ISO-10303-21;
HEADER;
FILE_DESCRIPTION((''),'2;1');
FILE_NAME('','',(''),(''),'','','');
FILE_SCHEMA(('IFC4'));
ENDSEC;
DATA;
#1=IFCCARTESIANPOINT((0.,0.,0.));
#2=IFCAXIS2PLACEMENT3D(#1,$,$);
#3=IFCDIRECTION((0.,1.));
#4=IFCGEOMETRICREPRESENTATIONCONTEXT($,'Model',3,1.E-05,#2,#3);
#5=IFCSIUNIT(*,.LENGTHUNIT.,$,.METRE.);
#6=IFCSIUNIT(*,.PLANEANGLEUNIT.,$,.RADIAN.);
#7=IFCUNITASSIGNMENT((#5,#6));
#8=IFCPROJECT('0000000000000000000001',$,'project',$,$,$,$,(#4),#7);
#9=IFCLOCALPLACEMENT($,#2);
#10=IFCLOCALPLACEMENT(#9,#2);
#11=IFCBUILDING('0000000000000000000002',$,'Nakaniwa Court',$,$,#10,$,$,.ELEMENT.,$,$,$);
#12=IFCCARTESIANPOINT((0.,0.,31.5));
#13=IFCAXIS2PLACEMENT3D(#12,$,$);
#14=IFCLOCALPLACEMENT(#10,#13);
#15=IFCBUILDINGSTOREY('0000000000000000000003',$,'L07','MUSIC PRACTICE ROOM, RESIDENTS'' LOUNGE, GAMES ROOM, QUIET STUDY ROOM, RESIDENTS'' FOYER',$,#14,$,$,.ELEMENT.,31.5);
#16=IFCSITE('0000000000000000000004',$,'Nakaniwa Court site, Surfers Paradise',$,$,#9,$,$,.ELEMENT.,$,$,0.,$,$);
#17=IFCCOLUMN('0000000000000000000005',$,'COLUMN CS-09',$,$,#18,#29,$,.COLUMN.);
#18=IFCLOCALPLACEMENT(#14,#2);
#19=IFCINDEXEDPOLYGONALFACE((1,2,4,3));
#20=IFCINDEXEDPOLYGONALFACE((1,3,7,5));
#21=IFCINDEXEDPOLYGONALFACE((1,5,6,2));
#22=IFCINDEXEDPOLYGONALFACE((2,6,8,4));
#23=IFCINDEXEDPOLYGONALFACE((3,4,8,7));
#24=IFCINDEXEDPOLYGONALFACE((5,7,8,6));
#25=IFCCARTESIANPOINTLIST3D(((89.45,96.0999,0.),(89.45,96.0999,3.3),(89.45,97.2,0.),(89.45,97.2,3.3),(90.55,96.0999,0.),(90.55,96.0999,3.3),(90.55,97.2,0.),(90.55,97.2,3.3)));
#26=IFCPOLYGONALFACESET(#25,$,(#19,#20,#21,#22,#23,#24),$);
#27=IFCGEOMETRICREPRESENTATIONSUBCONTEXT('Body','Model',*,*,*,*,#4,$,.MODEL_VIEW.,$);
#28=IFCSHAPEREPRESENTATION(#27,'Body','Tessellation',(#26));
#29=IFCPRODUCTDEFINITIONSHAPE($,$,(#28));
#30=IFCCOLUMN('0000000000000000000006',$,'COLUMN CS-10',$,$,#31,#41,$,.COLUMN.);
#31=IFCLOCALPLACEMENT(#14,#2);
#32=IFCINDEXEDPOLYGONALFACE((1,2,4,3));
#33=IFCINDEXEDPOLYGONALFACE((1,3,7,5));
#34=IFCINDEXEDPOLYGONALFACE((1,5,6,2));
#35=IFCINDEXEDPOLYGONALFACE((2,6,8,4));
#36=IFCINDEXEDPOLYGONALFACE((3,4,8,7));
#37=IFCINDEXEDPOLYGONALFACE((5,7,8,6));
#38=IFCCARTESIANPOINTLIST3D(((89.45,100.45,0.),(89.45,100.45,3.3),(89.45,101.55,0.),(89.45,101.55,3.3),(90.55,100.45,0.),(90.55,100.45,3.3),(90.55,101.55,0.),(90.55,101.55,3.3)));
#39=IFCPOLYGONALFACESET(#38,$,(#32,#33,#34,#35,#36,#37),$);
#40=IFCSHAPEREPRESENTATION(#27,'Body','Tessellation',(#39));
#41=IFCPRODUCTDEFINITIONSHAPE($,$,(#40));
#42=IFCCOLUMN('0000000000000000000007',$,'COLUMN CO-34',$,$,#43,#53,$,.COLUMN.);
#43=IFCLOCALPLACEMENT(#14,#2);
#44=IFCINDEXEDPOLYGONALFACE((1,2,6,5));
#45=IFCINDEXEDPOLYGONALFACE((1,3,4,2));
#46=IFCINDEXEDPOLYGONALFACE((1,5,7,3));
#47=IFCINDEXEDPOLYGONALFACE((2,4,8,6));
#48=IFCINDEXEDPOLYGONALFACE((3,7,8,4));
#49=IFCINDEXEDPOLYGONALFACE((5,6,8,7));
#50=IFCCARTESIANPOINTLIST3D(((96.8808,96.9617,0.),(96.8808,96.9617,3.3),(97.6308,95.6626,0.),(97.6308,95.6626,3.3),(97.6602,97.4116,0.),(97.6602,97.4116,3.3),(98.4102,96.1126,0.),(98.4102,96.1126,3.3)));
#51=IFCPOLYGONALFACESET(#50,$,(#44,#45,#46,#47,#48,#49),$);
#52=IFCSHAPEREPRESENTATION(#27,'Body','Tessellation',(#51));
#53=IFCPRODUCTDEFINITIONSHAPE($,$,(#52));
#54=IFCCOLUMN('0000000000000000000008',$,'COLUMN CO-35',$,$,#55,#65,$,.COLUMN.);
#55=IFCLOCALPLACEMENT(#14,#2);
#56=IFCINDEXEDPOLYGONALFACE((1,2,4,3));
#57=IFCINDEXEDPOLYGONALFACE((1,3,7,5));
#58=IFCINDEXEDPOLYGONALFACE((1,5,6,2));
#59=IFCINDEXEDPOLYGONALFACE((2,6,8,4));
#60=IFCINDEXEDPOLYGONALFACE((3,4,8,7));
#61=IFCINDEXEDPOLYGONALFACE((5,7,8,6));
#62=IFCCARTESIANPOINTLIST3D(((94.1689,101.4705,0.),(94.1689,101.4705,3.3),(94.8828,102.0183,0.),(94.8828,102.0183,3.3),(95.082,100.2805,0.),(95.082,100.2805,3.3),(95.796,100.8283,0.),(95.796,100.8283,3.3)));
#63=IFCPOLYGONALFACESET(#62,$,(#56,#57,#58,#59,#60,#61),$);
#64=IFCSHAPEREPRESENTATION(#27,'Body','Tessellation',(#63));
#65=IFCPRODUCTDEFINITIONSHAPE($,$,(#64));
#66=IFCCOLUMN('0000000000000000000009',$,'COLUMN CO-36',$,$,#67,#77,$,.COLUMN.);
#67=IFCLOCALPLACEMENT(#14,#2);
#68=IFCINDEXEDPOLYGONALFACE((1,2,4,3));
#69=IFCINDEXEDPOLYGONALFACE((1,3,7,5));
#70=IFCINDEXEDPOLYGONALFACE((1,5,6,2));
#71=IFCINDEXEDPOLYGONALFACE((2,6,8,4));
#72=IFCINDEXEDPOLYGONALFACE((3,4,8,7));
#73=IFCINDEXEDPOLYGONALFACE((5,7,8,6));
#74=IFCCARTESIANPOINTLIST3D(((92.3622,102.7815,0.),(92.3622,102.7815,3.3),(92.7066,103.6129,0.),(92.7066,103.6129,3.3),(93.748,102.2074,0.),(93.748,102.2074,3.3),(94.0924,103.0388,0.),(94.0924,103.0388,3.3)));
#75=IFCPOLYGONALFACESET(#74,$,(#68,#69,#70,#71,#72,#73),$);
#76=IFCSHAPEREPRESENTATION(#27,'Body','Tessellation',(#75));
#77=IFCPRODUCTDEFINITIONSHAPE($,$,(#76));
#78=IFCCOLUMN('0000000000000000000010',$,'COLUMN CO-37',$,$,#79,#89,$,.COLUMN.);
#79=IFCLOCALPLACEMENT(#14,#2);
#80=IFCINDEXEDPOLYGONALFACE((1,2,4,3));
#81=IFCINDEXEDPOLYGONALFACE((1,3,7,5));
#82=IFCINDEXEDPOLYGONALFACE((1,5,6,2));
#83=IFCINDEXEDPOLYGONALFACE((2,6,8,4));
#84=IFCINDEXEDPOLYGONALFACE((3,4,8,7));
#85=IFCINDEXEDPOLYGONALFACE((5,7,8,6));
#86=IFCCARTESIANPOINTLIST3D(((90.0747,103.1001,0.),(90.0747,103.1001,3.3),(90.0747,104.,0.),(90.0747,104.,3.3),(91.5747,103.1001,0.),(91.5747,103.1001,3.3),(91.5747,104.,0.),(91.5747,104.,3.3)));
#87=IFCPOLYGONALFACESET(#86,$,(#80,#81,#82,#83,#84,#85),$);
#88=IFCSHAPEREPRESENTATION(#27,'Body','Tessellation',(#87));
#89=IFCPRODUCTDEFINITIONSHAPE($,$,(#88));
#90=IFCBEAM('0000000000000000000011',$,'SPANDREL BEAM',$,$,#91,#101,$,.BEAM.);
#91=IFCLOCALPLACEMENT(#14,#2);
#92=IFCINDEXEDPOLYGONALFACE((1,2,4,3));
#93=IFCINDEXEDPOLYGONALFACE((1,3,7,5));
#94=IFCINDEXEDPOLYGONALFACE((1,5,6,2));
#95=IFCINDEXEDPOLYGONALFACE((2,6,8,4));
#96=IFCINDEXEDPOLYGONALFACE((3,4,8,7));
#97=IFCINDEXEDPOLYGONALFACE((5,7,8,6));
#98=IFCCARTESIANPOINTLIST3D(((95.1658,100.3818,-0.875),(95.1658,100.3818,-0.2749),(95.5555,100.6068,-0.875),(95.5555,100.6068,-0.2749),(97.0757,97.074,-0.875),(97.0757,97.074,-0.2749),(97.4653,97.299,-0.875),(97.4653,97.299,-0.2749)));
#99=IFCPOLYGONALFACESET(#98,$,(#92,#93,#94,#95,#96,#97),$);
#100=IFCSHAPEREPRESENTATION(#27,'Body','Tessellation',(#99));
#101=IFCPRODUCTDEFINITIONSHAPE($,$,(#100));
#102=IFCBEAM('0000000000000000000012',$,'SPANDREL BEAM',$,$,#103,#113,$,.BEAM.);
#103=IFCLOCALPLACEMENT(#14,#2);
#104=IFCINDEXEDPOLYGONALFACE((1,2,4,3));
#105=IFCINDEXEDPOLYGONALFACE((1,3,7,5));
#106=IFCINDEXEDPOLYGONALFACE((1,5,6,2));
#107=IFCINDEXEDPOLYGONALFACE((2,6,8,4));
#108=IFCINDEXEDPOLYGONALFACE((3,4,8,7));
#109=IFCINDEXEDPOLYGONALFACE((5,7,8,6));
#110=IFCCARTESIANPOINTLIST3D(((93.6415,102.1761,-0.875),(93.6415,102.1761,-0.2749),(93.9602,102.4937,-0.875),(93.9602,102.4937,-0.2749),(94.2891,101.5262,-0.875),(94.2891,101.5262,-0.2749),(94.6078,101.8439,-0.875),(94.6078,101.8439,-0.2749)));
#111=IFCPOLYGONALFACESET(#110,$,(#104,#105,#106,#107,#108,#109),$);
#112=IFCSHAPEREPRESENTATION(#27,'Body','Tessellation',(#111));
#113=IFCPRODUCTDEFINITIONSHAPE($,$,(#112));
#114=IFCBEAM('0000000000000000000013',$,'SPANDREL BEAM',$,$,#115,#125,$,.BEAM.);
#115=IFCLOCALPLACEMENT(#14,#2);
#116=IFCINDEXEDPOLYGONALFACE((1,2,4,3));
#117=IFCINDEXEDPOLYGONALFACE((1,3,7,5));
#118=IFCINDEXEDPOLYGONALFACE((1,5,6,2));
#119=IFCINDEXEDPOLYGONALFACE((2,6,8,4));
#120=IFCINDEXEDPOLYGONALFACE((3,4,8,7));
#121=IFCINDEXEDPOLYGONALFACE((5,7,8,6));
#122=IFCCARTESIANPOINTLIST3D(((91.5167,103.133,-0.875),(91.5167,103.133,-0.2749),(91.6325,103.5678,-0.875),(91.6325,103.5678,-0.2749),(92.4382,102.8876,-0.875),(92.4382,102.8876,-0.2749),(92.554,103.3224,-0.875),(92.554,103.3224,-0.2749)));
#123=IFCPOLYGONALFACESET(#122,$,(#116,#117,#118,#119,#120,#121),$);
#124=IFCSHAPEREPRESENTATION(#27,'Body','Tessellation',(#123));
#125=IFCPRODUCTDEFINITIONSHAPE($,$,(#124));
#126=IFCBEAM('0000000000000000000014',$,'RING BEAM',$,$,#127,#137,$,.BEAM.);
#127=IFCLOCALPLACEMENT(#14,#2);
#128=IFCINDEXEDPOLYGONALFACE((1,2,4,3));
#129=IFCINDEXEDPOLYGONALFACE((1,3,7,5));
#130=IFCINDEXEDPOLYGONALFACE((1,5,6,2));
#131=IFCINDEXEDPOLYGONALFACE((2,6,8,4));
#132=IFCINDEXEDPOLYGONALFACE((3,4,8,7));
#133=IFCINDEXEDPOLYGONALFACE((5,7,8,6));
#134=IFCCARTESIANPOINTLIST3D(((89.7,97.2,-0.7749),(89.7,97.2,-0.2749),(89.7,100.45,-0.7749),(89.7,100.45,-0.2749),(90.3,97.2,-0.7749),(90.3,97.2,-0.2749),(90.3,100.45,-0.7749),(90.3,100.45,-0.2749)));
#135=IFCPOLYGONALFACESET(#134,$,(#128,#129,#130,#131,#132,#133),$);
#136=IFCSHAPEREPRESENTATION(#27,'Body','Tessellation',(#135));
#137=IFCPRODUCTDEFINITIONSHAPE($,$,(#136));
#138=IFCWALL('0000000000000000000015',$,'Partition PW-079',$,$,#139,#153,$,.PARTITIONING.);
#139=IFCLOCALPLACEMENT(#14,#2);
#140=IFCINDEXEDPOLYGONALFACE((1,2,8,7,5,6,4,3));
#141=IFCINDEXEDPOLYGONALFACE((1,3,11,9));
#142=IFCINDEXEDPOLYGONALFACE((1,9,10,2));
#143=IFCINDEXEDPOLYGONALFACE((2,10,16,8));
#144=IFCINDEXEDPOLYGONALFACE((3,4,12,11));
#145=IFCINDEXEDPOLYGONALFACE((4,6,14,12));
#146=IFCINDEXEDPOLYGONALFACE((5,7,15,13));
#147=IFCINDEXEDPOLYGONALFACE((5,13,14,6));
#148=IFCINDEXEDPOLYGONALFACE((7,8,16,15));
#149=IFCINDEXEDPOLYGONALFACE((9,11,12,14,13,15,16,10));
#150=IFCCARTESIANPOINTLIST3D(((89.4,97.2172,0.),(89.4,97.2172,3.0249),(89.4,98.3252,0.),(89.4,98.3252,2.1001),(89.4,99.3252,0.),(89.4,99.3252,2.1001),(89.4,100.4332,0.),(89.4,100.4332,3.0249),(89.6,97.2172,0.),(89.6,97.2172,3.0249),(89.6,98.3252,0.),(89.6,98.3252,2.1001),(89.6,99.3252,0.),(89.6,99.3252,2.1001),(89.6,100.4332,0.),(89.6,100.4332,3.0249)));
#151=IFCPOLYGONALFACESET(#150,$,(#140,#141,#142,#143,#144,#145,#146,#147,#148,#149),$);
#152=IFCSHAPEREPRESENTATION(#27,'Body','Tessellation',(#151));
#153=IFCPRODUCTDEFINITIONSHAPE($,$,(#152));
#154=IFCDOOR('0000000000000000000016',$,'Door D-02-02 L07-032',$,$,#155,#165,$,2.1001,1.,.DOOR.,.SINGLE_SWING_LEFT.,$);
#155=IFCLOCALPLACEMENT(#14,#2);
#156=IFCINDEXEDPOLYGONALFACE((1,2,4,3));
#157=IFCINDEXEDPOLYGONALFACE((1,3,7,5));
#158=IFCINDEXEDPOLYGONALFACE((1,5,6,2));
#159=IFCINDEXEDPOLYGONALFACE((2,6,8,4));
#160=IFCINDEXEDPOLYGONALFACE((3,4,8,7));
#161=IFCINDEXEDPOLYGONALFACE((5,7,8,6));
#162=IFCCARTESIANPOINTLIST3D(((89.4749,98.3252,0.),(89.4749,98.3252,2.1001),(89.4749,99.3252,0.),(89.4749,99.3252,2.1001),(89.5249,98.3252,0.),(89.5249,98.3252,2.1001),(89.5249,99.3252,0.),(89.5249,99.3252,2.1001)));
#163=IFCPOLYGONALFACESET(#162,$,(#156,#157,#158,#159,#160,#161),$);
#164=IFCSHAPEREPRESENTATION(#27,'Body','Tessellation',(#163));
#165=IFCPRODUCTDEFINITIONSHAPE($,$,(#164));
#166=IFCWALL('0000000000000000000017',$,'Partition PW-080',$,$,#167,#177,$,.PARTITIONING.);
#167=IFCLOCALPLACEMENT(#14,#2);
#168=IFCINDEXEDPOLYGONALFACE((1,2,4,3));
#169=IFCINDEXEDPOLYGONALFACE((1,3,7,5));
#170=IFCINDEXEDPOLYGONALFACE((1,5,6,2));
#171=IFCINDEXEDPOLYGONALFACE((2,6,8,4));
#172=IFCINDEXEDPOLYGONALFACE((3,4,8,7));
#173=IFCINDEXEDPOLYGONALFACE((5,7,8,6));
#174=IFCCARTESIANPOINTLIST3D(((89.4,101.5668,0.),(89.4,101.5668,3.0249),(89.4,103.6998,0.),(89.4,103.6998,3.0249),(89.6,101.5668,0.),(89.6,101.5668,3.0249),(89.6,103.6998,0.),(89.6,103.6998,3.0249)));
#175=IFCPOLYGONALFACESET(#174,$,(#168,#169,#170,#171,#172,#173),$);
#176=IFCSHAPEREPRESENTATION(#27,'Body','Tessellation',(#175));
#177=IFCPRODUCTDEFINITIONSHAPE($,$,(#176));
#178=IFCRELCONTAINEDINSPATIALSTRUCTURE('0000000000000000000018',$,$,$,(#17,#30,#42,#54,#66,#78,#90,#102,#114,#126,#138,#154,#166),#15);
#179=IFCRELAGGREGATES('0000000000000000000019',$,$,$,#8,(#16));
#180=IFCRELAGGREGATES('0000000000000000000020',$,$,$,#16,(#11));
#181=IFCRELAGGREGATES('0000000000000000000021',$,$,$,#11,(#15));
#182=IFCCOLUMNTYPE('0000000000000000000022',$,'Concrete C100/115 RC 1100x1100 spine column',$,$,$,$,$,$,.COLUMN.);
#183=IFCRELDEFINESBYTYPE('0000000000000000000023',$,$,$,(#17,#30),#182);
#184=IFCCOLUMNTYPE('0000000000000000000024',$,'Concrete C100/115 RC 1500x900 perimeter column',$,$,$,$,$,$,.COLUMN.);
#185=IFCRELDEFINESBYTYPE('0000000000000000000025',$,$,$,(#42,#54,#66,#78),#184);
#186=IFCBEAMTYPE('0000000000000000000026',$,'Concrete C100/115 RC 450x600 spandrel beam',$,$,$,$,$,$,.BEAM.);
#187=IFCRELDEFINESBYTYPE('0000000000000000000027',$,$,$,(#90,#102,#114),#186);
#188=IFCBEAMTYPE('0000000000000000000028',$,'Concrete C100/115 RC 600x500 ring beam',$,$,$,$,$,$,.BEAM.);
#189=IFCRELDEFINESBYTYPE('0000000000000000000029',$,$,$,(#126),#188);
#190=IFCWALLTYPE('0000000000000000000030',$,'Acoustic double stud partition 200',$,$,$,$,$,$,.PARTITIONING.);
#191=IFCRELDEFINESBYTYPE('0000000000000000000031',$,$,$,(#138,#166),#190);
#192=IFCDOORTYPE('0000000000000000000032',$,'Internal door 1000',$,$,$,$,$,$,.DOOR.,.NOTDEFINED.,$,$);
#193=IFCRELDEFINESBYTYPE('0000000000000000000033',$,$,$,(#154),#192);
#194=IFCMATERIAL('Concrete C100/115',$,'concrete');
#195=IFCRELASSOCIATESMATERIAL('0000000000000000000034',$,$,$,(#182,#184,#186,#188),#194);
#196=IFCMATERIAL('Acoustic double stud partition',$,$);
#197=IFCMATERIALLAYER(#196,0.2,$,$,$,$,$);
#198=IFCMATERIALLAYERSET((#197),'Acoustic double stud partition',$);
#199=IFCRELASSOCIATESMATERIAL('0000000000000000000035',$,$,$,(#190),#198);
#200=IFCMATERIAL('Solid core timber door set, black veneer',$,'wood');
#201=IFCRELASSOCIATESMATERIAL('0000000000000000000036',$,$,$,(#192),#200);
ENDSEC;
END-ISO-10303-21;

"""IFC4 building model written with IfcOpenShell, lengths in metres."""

from ifc_helpers import new_model, si_unit, direction, frame, frame_2d, origin, origin_2d, place, context, subcontext, project, spatial, rectangle, extrude, material, layer, layer_set, material_profile, profile_set, type_object, element, fill, save


model = new_model("IFC4")

# Units and contexts
model_context = context("Model", 3, precision=1e-05, world=origin(), true_north=direction((0.0, 1.0)))
body_context = subcontext(model_context, "Body", "Model", "MODEL_VIEW")
ifc_project = project(units=[si_unit("LENGTHUNIT", "METRE"), si_unit("PLANEANGLEUNIT", "RADIAN")], contexts=[model_context])

# Site, building, storey
site_placement = place(None, origin())
site = spatial("IfcSite", under=ifc_project, at=site_placement, Name="Nakaniwa Court site, Surfers Paradise", CompositionType="ELEMENT", RefElevation=0.0)
building_placement = place(site_placement, origin())
building = spatial("IfcBuilding", under=site, at=building_placement, Name="Nakaniwa Court", CompositionType="ELEMENT")
storey_placement = place(building_placement, frame((0.0, 0.0, 31.5)))
storey = spatial("IfcBuildingStorey", under=building, at=storey_placement, Name="L07", Description="MUSIC PRACTICE ROOM, RESIDENTS' LOUNGE, GAMES ROOM, QUIET STUDY ROOM, RESIDENTS' FOYER", CompositionType="ELEMENT", Elevation=31.5)

# Columns
ifc_material_1 = material(Name="Concrete C100/115", Category="concrete")
ifc_material_profile_1 = material_profile(ifc_material_1, rectangle(XDim=1.1001, YDim=1.1001, at=origin_2d()), Name="Concrete C100/115 RC 1100x1100 spine column")
ifc_profile_set_1 = profile_set([ifc_material_profile_1], Name="Concrete C100/115")
column_type_1 = type_object("IfcColumnType", Name="Concrete C100/115 RC 1100x1100 spine column", PredefinedType="COLUMN", material=ifc_profile_set_1)
for number, where, z_axis, x_axis, name in (
    (1, (90.0, 96.6499, 0.0), (0.0, 0.0, 1.0), (0.0, 1.0, 0.0), "COLUMN CS-09"),
    (2, (90.0, 101.0, 0.0), (0.0, 0.0, 1.0), (0.0, 1.0, 0.0), "COLUMN CS-10"),
):
    element("IfcColumn", number, at=place(storey_placement, frame(where, z_axis=z_axis, x_axis=x_axis)), inside=storey, type_object=column_type_1, Name=name, PredefinedType="COLUMN", context=body_context, shape_type="SweptSolid", body=[
        extrude(rectangle(XDim=1.1001, YDim=1.1001, at=origin_2d()), origin(), (0.0, 0.0, 1.0), 3.3),
    ])
ifc_material_profile_2 = material_profile(ifc_material_1, rectangle(XDim=1.5, YDim=0.8999, at=origin_2d()), Name="Concrete C100/115 RC 1500x900 perimeter column")
ifc_profile_set_2 = profile_set([ifc_material_profile_2], Name="Concrete C100/115")
column_type_2 = type_object("IfcColumnType", Name="Concrete C100/115 RC 1500x900 perimeter column", PredefinedType="COLUMN", material=ifc_profile_set_2)
for number, where, z_axis, x_axis, name in (
    (3, (97.6455, 96.5371, 0.0), (0.0, 0.0, 1.0), (-0.5, 0.866025, 0.0), "COLUMN CO-34"),
    (4, (94.9824, 101.1494, 0.0), (0.0, 0.0, 1.0), (-0.608761, 0.793353, 0.0), "COLUMN CO-35"),
    (5, (93.2273, 102.9102, 0.0), (0.0, 0.0, 1.0), (-0.92388, 0.382683, 0.0), "COLUMN CO-36"),
    (6, (90.8247, 103.55, 0.0), (0.0, 0.0, 1.0), (-1.0, 0.0, 0.0), "COLUMN CO-37"),
):
    element("IfcColumn", number, at=place(storey_placement, frame(where, z_axis=z_axis, x_axis=x_axis)), inside=storey, type_object=column_type_2, Name=name, PredefinedType="COLUMN", context=body_context, shape_type="SweptSolid", body=[
        extrude(rectangle(XDim=1.5, YDim=0.8999, at=origin_2d()), origin(), (0.0, 0.0, 1.0), 3.3),
    ])

# Beams
ifc_material_profile_3 = material_profile(ifc_material_1, rectangle(XDim=0.45, YDim=0.6001, at=origin_2d()), Name="Concrete C100/115 RC 450x600 spandrel beam")
ifc_profile_set_3 = profile_set([ifc_material_profile_3], Name="Concrete C100/115")
beam_type_1 = type_object("IfcBeamType", Name="Concrete C100/115 RC 450x600 spandrel beam", PredefinedType="BEAM", material=ifc_profile_set_3)
beam_1_placement = place(storey_placement, frame((97.2705, 97.1865, -0.575), z_axis=(-0.500023, 0.866012, 0.0), x_axis=(-0.866012, -0.500023, 0.0)))
element("IfcBeam", 7, at=beam_1_placement, inside=storey, type_object=beam_type_1, Name="SPANDREL BEAM", PredefinedType="BEAM", context=body_context, shape_type="SweptSolid", body=[
    extrude(rectangle(XDim=0.45, YDim=0.6001, at=origin_2d()), origin(), (0.0, 0.0, 1.0), 3.8196),
])
beam_2_placement = place(storey_placement, frame((94.4485, 101.6851, -0.575), z_axis=(-0.705908, 0.708303, 0.0), x_axis=(-0.708303, -0.705908, 0.0)))
element("IfcBeam", 8, at=beam_2_placement, inside=storey, type_object=beam_type_1, Name="SPANDREL BEAM", PredefinedType="BEAM", context=body_context, shape_type="SweptSolid", body=[
    extrude(rectangle(XDim=0.45, YDim=0.6001, at=origin_2d()), origin(), (0.0, 0.0, 1.0), 0.9175),
])
beam_3_placement = place(storey_placement, frame((92.4961, 103.105, -0.575), z_axis=(-0.966324, 0.257328, 0.0), x_axis=(-0.257328, -0.966324, 0.0)))
element("IfcBeam", 9, at=beam_3_placement, inside=storey, type_object=beam_type_1, Name="SPANDREL BEAM", PredefinedType="BEAM", context=body_context, shape_type="SweptSolid", body=[
    extrude(rectangle(XDim=0.45, YDim=0.6001, at=origin_2d()), origin(), (0.0, 0.0, 1.0), 0.9536),
])
ifc_material_profile_4 = material_profile(ifc_material_1, rectangle(XDim=0.6001, YDim=0.5, at=origin_2d()), Name="Concrete C100/115 RC 600x500 ring beam")
ifc_profile_set_4 = profile_set([ifc_material_profile_4], Name="Concrete C100/115")
beam_type_2 = type_object("IfcBeamType", Name="Concrete C100/115 RC 600x500 ring beam", PredefinedType="BEAM", material=ifc_profile_set_4)
beam_4_placement = place(storey_placement, frame((90.0, 97.2, -0.5249), z_axis=(0.0, 1.0, 0.0), x_axis=(-1.0, 0.0, 0.0)))
element("IfcBeam", 10, at=beam_4_placement, inside=storey, type_object=beam_type_2, Name="RING BEAM", PredefinedType="BEAM", context=body_context, shape_type="SweptSolid", body=[
    extrude(rectangle(XDim=0.6001, YDim=0.5, at=origin_2d()), origin(), (0.0, 0.0, 1.0), 3.25),
])

# Wall, opening, door
ifc_material_2 = material(Name="Acoustic double stud partition")
ifc_layer_1 = layer(ifc_material_2, 0.2)
ifc_layer_set_1 = layer_set([ifc_layer_1], Name="Acoustic double stud partition")
wall_type_1 = type_object("IfcWallType", Name="Acoustic double stud partition 200", PredefinedType="PARTITIONING", material=ifc_layer_set_1)
wall_1_placement = place(storey_placement, frame((89.5, 100.4331, 0.0), z_axis=(0.0, 0.0, 1.0), x_axis=(0.0, -1.0, 0.0)))
wall_1 = element("IfcWall", 11, at=wall_1_placement, inside=storey, type_object=wall_type_1, Name="Partition PW-079", PredefinedType="PARTITIONING", context=body_context, shape_type="SweptSolid", body=[
    extrude(rectangle(XDim=3.2161, YDim=0.2, at=frame_2d((1.6079, 0.0))), origin(), (0.0, 0.0, 1.0), 3.0249),
])
opening_1_placement = place(wall_1_placement, frame((1.1079, 0.0, 0.0)))
opening_1 = element("IfcOpeningElement", 12, at=opening_1_placement, cuts=wall_1, PredefinedType="OPENING", context=body_context, shape_type="SweptSolid", body=[
    extrude(rectangle(XDim=1.0, YDim=2.1001, at=frame_2d((0.5, 1.05))), frame((0.0, 0.1099, 0.0), z_axis=(0.0, -1.0, 0.0), x_axis=(1.0, 0.0, 0.0)), (0.0, 0.0, 1.0), 0.22),
])
ifc_material_3 = material(Name="Solid core timber door set, black veneer", Category="wood")
door_type_1 = type_object("IfcDoorType", Name="Internal door 1000", OperationType="NOTDEFINED", PredefinedType="DOOR", material=ifc_material_3)
door_1_placement = place(opening_1_placement, origin())
door_1 = element("IfcDoor", 13, at=door_1_placement, inside=storey, type_object=door_type_1, Name="Door D-02-02 L07-032", OperationType="SINGLE_SWING_LEFT", OverallHeight=2.1001, OverallWidth=1.0, PredefinedType="DOOR", context=body_context, shape_type="SweptSolid", body=[
    extrude(rectangle(XDim=1.0, YDim=2.1001, at=frame_2d((0.5, 1.05))), frame((0.0, 0.0249, 0.0), z_axis=(0.0, -1.0, 0.0), x_axis=(1.0, 0.0, 0.0)), (0.0, 0.0, 1.0), 0.05),
])
fill(opening_1, door_1)

# Wall
wall_2_placement = place(storey_placement, frame((89.5, 101.5669, 0.0), z_axis=(0.0, 0.0, 1.0), x_axis=(0.0, 1.0, 0.0)))
element("IfcWall", 14, at=wall_2_placement, inside=storey, type_object=wall_type_1, Name="Partition PW-080", PredefinedType="PARTITIONING", context=body_context, shape_type="SweptSolid", body=[
    extrude(rectangle(XDim=2.1331, YDim=0.2, at=frame_2d((1.0664, 0.0))), origin(), (0.0, 0.0, 1.0), 3.0249),
])

save(model, "model.ifc")
